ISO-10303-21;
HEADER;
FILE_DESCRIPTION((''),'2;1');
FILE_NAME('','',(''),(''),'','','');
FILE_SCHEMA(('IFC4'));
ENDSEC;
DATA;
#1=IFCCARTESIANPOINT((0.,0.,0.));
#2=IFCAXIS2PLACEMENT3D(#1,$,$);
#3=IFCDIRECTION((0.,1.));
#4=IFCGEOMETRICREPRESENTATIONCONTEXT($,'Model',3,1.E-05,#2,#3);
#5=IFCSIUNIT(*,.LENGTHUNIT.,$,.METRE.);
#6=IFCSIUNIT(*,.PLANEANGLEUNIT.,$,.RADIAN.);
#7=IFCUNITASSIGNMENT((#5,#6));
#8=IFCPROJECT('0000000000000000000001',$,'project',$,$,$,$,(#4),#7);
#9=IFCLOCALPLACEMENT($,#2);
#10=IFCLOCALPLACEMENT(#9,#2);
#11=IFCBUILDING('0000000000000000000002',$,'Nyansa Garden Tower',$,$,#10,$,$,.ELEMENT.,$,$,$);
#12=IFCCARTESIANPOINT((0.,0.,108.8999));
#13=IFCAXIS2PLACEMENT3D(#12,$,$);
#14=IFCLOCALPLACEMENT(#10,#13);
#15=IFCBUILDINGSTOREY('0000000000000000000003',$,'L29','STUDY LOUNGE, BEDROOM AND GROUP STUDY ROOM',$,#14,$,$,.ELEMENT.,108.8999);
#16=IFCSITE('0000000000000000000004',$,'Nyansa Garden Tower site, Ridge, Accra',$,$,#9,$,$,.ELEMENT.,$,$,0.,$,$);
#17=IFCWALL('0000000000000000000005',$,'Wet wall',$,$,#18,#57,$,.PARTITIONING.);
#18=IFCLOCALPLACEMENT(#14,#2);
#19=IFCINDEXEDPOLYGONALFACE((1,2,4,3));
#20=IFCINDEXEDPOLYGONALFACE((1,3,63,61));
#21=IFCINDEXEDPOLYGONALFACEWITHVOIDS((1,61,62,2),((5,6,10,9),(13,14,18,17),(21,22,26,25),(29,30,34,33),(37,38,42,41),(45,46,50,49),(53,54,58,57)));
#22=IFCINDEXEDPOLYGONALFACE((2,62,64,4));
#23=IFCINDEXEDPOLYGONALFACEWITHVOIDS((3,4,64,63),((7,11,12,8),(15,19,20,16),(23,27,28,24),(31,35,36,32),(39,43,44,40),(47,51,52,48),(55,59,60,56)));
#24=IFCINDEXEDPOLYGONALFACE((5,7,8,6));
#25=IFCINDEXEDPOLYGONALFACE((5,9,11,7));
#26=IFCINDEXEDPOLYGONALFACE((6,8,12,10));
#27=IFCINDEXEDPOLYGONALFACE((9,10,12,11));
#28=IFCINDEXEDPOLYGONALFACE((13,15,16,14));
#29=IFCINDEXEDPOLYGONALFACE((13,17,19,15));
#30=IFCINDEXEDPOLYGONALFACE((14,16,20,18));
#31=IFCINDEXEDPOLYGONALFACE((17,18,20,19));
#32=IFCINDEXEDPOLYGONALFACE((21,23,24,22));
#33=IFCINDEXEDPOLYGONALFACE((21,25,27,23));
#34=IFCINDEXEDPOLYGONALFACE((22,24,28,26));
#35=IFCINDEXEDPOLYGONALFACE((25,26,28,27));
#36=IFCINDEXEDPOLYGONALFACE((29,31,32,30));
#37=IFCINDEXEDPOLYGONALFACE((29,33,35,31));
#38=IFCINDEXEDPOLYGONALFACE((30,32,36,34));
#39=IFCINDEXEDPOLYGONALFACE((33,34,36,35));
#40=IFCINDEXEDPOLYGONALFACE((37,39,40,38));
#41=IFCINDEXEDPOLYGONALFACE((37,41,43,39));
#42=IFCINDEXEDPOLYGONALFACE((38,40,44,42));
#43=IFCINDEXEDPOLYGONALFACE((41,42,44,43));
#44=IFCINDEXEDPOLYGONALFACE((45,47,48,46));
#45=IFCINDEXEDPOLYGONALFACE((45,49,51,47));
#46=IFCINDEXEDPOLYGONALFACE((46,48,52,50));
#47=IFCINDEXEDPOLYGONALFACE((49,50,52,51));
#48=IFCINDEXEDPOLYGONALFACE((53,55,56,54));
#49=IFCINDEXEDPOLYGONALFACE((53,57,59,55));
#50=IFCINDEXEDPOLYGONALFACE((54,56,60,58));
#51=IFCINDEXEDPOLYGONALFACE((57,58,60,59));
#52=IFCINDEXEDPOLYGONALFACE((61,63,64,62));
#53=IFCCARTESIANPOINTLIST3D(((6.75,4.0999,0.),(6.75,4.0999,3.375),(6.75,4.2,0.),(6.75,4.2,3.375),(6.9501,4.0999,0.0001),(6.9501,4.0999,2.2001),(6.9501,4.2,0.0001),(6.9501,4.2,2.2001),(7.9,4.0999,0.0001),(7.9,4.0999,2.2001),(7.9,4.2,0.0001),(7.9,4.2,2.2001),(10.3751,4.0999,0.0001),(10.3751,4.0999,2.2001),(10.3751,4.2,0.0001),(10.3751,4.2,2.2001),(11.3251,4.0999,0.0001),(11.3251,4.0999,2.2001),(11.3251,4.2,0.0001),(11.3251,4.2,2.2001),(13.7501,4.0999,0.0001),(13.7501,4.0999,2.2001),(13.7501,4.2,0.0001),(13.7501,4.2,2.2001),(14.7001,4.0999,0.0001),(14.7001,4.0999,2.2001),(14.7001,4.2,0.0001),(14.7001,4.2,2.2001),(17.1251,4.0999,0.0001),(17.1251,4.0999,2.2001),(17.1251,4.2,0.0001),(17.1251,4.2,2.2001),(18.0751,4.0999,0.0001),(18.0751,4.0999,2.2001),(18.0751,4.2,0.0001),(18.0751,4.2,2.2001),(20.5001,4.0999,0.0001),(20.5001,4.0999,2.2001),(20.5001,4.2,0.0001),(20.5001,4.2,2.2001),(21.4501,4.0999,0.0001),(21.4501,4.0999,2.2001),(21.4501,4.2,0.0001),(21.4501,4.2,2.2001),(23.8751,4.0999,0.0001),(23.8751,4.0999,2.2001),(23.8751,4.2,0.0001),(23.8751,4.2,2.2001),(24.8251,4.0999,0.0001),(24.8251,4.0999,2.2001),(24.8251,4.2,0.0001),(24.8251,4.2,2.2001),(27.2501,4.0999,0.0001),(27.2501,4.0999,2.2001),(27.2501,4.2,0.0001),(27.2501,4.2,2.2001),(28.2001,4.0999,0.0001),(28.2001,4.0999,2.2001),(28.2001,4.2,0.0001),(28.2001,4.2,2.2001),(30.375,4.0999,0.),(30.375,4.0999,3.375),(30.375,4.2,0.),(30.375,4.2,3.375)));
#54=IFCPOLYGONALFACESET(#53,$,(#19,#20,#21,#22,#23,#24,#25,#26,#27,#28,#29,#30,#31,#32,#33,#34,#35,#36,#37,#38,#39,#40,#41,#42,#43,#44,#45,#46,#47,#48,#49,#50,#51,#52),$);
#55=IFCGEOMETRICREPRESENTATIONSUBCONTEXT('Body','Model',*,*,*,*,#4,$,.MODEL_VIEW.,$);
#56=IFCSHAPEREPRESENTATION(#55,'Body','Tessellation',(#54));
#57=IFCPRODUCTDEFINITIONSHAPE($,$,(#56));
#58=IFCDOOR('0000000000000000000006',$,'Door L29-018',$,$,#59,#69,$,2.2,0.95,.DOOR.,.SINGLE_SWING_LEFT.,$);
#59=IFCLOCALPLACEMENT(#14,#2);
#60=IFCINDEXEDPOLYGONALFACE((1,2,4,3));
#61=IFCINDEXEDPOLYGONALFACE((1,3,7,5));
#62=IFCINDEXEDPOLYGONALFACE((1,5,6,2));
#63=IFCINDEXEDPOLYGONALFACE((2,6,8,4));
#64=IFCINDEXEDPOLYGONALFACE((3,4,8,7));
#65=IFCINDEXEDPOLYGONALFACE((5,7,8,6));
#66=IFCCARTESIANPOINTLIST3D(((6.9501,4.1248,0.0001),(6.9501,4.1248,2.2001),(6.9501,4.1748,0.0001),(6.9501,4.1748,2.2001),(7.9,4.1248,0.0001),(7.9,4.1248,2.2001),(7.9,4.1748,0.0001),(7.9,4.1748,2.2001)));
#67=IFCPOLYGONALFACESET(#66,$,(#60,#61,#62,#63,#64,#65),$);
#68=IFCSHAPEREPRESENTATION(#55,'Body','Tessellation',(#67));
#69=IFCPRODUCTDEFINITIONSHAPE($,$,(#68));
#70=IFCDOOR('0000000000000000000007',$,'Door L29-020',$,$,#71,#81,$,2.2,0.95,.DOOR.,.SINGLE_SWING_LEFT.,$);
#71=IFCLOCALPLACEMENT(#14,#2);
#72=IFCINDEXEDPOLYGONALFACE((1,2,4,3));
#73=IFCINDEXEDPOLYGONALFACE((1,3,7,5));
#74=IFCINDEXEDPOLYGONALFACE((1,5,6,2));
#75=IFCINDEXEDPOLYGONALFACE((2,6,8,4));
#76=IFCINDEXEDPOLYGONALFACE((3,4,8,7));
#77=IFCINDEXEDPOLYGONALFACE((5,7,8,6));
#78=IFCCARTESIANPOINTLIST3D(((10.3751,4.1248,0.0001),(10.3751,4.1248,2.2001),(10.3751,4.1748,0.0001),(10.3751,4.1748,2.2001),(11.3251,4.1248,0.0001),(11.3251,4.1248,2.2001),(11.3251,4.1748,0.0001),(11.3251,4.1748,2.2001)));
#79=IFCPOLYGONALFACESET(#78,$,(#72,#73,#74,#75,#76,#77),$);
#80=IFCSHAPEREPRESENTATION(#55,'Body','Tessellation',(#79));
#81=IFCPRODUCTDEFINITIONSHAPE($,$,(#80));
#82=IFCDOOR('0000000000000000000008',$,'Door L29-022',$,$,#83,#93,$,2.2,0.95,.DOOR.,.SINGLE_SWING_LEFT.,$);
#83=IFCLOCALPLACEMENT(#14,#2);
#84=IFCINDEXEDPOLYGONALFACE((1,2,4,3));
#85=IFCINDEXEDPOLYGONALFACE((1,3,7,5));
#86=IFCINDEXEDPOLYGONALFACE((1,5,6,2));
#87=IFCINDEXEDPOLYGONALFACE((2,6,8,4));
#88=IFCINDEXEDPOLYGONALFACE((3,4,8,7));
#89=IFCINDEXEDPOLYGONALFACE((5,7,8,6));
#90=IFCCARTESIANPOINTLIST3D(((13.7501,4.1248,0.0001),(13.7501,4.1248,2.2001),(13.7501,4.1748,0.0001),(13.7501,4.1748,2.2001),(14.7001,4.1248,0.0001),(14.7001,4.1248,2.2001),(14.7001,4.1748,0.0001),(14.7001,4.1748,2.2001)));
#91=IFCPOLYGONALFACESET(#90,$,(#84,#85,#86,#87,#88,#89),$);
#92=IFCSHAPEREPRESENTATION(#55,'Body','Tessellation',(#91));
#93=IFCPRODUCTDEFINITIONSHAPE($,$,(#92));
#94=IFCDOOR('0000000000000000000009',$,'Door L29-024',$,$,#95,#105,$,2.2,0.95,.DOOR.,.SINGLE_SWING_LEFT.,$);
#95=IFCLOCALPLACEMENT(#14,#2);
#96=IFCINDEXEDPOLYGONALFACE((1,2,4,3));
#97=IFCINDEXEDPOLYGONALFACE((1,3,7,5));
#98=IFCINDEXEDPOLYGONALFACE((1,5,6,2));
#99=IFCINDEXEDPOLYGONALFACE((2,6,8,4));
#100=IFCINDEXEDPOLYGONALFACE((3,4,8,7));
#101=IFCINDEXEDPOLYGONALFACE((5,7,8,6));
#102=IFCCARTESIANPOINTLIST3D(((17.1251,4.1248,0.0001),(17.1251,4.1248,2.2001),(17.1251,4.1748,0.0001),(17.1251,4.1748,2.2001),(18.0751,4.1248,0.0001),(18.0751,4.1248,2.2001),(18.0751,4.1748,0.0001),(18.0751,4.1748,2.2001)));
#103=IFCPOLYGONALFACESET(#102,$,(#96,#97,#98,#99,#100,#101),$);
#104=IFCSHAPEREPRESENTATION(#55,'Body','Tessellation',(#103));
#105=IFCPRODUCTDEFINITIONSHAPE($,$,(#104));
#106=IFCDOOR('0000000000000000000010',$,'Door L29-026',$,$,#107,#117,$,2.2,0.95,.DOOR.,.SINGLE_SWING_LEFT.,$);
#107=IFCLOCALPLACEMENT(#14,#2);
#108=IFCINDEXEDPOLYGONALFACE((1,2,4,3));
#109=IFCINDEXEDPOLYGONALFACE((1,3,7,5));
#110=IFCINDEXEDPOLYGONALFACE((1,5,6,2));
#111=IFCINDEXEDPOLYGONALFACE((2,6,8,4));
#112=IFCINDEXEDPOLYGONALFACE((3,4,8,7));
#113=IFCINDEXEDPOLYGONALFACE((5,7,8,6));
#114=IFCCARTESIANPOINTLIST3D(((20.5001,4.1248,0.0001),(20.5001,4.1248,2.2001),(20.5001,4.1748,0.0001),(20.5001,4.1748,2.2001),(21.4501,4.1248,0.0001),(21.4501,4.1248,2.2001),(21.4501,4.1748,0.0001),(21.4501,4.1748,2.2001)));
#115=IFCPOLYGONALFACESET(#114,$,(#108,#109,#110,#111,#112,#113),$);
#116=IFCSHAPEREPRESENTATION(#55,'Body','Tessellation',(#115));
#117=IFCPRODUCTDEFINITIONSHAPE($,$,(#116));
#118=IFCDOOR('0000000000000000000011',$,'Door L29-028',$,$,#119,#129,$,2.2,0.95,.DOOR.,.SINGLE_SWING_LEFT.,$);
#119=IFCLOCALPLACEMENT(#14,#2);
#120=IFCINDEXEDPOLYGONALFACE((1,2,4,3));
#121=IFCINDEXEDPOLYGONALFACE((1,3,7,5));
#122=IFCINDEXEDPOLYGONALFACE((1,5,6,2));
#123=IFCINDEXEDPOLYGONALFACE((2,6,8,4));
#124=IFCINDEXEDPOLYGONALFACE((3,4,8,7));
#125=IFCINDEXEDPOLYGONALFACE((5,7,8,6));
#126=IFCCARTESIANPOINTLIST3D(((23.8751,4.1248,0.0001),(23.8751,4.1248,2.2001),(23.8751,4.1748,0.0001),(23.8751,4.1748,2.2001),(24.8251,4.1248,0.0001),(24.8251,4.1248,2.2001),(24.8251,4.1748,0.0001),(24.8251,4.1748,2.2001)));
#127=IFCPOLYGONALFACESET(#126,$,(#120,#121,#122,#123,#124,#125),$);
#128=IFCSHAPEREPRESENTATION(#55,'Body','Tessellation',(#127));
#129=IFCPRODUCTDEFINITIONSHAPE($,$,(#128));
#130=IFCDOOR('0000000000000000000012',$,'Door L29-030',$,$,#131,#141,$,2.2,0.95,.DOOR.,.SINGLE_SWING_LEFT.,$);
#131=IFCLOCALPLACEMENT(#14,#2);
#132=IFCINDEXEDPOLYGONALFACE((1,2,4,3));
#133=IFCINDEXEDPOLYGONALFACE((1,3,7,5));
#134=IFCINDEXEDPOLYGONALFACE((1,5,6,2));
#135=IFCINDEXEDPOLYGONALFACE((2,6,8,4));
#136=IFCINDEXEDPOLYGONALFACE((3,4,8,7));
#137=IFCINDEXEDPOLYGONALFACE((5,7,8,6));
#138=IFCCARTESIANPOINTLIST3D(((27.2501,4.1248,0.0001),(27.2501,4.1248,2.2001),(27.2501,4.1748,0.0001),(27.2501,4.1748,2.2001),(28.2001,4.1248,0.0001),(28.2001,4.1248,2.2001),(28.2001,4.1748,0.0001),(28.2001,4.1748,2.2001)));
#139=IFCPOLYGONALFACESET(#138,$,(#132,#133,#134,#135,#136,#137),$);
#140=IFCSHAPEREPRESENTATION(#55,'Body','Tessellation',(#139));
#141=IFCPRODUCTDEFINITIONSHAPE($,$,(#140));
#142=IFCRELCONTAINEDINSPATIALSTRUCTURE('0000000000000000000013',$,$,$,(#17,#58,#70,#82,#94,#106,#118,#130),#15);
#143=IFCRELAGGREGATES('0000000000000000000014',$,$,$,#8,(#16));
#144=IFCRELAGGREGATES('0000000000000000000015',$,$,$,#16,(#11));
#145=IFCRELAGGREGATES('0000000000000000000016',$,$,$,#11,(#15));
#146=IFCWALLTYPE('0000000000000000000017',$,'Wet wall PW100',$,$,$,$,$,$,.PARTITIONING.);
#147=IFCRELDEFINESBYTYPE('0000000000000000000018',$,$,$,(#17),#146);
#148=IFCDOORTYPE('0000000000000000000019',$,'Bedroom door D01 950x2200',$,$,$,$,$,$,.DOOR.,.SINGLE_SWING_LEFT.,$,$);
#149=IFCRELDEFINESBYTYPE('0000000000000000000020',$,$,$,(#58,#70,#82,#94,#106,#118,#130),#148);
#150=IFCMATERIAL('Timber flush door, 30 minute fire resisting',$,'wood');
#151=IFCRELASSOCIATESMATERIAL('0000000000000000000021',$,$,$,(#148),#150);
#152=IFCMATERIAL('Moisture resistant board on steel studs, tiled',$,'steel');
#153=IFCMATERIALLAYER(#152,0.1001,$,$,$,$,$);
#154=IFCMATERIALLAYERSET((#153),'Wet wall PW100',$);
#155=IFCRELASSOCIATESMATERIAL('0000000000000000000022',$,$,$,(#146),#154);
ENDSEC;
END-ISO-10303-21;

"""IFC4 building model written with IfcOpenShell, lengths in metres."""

from ifc_helpers import new_model, si_unit, direction, frame, frame_2d, origin, place, context, subcontext, project, spatial, rectangle, extrude, material, layer, layer_set, type_object, element, fill, save


model = new_model("IFC4")

# Units and contexts
model_context = context("Model", 3, precision=1e-05, world=origin(), true_north=direction((0.0, 1.0)))
body_context = subcontext(model_context, "Body", "Model", "MODEL_VIEW")
ifc_project = project(units=[si_unit("LENGTHUNIT", "METRE"), si_unit("PLANEANGLEUNIT", "RADIAN")], contexts=[model_context])

# Site, building, storey
site_placement = place(None, origin())
site = spatial("IfcSite", under=ifc_project, at=site_placement, Name="Nyansa Garden Tower site, Ridge, Accra", CompositionType="ELEMENT", RefElevation=0.0)
building_placement = place(site_placement, origin())
building = spatial("IfcBuilding", under=site, at=building_placement, Name="Nyansa Garden Tower", CompositionType="ELEMENT")
storey_placement = place(building_placement, frame((0.0, 0.0, 108.8999)))
storey = spatial("IfcBuildingStorey", under=building, at=storey_placement, Name="L29", Description="STUDY LOUNGE, BEDROOM AND GROUP STUDY ROOM", CompositionType="ELEMENT", Elevation=108.8999)

# Shared definitions
ifc_material_1 = material(Name="Timber flush door, 30 minute fire resisting", Category="wood")
door_type_1 = type_object("IfcDoorType", Name="Bedroom door D01 950x2200", OperationType="SINGLE_SWING_LEFT", PredefinedType="DOOR", material=ifc_material_1)

# Wall, openings, doors
ifc_material_2 = material(Name="Moisture resistant board on steel studs, tiled", Category="steel")
ifc_layer_1 = layer(ifc_material_2, 0.1001)
ifc_layer_set_1 = layer_set([ifc_layer_1], Name="Wet wall PW100")
wall_type_1 = type_object("IfcWallType", Name="Wet wall PW100", PredefinedType="PARTITIONING", material=ifc_layer_set_1)
wall_1_placement = place(storey_placement, frame((6.75, 4.1499, 0.0), z_axis=(0.0, 0.0, 1.0), x_axis=(1.0, 0.0, 0.0)))
wall_1 = element("IfcWall", 1, at=wall_1_placement, inside=storey, type_object=wall_type_1, Name="Wet wall", PredefinedType="PARTITIONING", context=body_context, shape_type="SweptSolid", body=[
    extrude(rectangle(XDim=23.625, YDim=0.1001, at=frame_2d((11.8125, 0.0))), origin(), (0.0, 0.0, 1.0), 3.375),
])
opening_1_placement = place(wall_1_placement, frame((0.2, 0.0, 0.0)))
opening_1 = element("IfcOpeningElement", 2, at=opening_1_placement, cuts=wall_1, PredefinedType="OPENING", context=body_context, shape_type="SweptSolid", body=[
    extrude(rectangle(XDim=0.95, YDim=2.2, at=frame_2d((0.4751, 1.1001))), frame((0.0, 0.0601, 0.0), z_axis=(0.0, -1.0, 0.0), x_axis=(1.0, 0.0, 0.0)), (0.0, 0.0, 1.0), 0.1201),
])
opening_2_placement = place(wall_1_placement, frame((3.625, 0.0, 0.0)))
opening_2 = element("IfcOpeningElement", 3, at=opening_2_placement, cuts=wall_1, PredefinedType="OPENING", context=body_context, shape_type="SweptSolid", body=[
    extrude(rectangle(XDim=0.95, YDim=2.2, at=frame_2d((0.4751, 1.1001))), frame((0.0, 0.0601, 0.0), z_axis=(0.0, -1.0, 0.0), x_axis=(1.0, 0.0, 0.0)), (0.0, 0.0, 1.0), 0.1201),
])
opening_3_placement = place(wall_1_placement, frame((7.0, 0.0, 0.0)))
opening_3 = element("IfcOpeningElement", 4, at=opening_3_placement, cuts=wall_1, PredefinedType="OPENING", context=body_context, shape_type="SweptSolid", body=[
    extrude(rectangle(XDim=0.95, YDim=2.2, at=frame_2d((0.4751, 1.1001))), frame((0.0, 0.0601, 0.0), z_axis=(0.0, -1.0, 0.0), x_axis=(1.0, 0.0, 0.0)), (0.0, 0.0, 1.0), 0.1201),
])
opening_4_placement = place(wall_1_placement, frame((10.375, 0.0, 0.0)))
opening_4 = element("IfcOpeningElement", 5, at=opening_4_placement, cuts=wall_1, PredefinedType="OPENING", context=body_context, shape_type="SweptSolid", body=[
    extrude(rectangle(XDim=0.95, YDim=2.2, at=frame_2d((0.4751, 1.1001))), frame((0.0, 0.0601, 0.0), z_axis=(0.0, -1.0, 0.0), x_axis=(1.0, 0.0, 0.0)), (0.0, 0.0, 1.0), 0.1201),
])
opening_5_placement = place(wall_1_placement, frame((13.75, 0.0, 0.0)))
opening_5 = element("IfcOpeningElement", 6, at=opening_5_placement, cuts=wall_1, PredefinedType="OPENING", context=body_context, shape_type="SweptSolid", body=[
    extrude(rectangle(XDim=0.95, YDim=2.2, at=frame_2d((0.4751, 1.1001))), frame((0.0, 0.0601, 0.0), z_axis=(0.0, -1.0, 0.0), x_axis=(1.0, 0.0, 0.0)), (0.0, 0.0, 1.0), 0.1201),
])
opening_6_placement = place(wall_1_placement, frame((17.125, 0.0, 0.0)))
opening_6 = element("IfcOpeningElement", 7, at=opening_6_placement, cuts=wall_1, PredefinedType="OPENING", context=body_context, shape_type="SweptSolid", body=[
    extrude(rectangle(XDim=0.95, YDim=2.2, at=frame_2d((0.4751, 1.1001))), frame((0.0, 0.0601, 0.0), z_axis=(0.0, -1.0, 0.0), x_axis=(1.0, 0.0, 0.0)), (0.0, 0.0, 1.0), 0.1201),
])
opening_7_placement = place(wall_1_placement, frame((20.5, 0.0, 0.0)))
opening_7 = element("IfcOpeningElement", 8, at=opening_7_placement, cuts=wall_1, PredefinedType="OPENING", context=body_context, shape_type="SweptSolid", body=[
    extrude(rectangle(XDim=0.95, YDim=2.2, at=frame_2d((0.4751, 1.1001))), frame((0.0, 0.0601, 0.0), z_axis=(0.0, -1.0, 0.0), x_axis=(1.0, 0.0, 0.0)), (0.0, 0.0, 1.0), 0.1201),
])
door_1_placement = place(opening_1_placement, origin())
door_1 = element("IfcDoor", 9, at=door_1_placement, inside=storey, type_object=door_type_1, Name="Door L29-018", OperationType="SINGLE_SWING_LEFT", OverallHeight=2.2, OverallWidth=0.95, PredefinedType="DOOR", context=body_context, shape_type="SweptSolid", body=[
    extrude(rectangle(XDim=0.95, YDim=2.2, at=frame_2d((0.4751, 1.1001))), frame((0.0, 0.0249, 0.0), z_axis=(0.0, -1.0, 0.0), x_axis=(1.0, 0.0, 0.0)), (0.0, 0.0, 1.0), 0.05),
])
fill(opening_1, door_1)
door_2_placement = place(opening_2_placement, origin())
door_2 = element("IfcDoor", 10, at=door_2_placement, inside=storey, type_object=door_type_1, Name="Door L29-020", OperationType="SINGLE_SWING_LEFT", OverallHeight=2.2, OverallWidth=0.95, PredefinedType="DOOR", context=body_context, shape_type="SweptSolid", body=[
    extrude(rectangle(XDim=0.95, YDim=2.2, at=frame_2d((0.4751, 1.1001))), frame((0.0, 0.0249, 0.0), z_axis=(0.0, -1.0, 0.0), x_axis=(1.0, 0.0, 0.0)), (0.0, 0.0, 1.0), 0.05),
])
fill(opening_2, door_2)
door_3_placement = place(opening_3_placement, origin())
door_3 = element("IfcDoor", 11, at=door_3_placement, inside=storey, type_object=door_type_1, Name="Door L29-022", OperationType="SINGLE_SWING_LEFT", OverallHeight=2.2, OverallWidth=0.95, PredefinedType="DOOR", context=body_context, shape_type="SweptSolid", body=[
    extrude(rectangle(XDim=0.95, YDim=2.2, at=frame_2d((0.4751, 1.1001))), frame((0.0, 0.0249, 0.0), z_axis=(0.0, -1.0, 0.0), x_axis=(1.0, 0.0, 0.0)), (0.0, 0.0, 1.0), 0.05),
])
fill(opening_3, door_3)
door_4_placement = place(opening_4_placement, origin())
door_4 = element("IfcDoor", 12, at=door_4_placement, inside=storey, type_object=door_type_1, Name="Door L29-024", OperationType="SINGLE_SWING_LEFT", OverallHeight=2.2, OverallWidth=0.95, PredefinedType="DOOR", context=body_context, shape_type="SweptSolid", body=[
    extrude(rectangle(XDim=0.95, YDim=2.2, at=frame_2d((0.4751, 1.1001))), frame((0.0, 0.0249, 0.0), z_axis=(0.0, -1.0, 0.0), x_axis=(1.0, 0.0, 0.0)), (0.0, 0.0, 1.0), 0.05),
])
fill(opening_4, door_4)
door_5_placement = place(opening_5_placement, origin())
door_5 = element("IfcDoor", 13, at=door_5_placement, inside=storey, type_object=door_type_1, Name="Door L29-026", OperationType="SINGLE_SWING_LEFT", OverallHeight=2.2, OverallWidth=0.95, PredefinedType="DOOR", context=body_context, shape_type="SweptSolid", body=[
    extrude(rectangle(XDim=0.95, YDim=2.2, at=frame_2d((0.4751, 1.1001))), frame((0.0, 0.0249, 0.0), z_axis=(0.0, -1.0, 0.0), x_axis=(1.0, 0.0, 0.0)), (0.0, 0.0, 1.0), 0.05),
])
fill(opening_5, door_5)
door_6_placement = place(opening_6_placement, origin())
door_6 = element("IfcDoor", 14, at=door_6_placement, inside=storey, type_object=door_type_1, Name="Door L29-028", OperationType="SINGLE_SWING_LEFT", OverallHeight=2.2, OverallWidth=0.95, PredefinedType="DOOR", context=body_context, shape_type="SweptSolid", body=[
    extrude(rectangle(XDim=0.95, YDim=2.2, at=frame_2d((0.4751, 1.1001))), frame((0.0, 0.0249, 0.0), z_axis=(0.0, -1.0, 0.0), x_axis=(1.0, 0.0, 0.0)), (0.0, 0.0, 1.0), 0.05),
])
fill(opening_6, door_6)
door_7_placement = place(opening_7_placement, origin())
door_7 = element("IfcDoor", 15, at=door_7_placement, inside=storey, type_object=door_type_1, Name="Door L29-030", OperationType="SINGLE_SWING_LEFT", OverallHeight=2.2, OverallWidth=0.95, PredefinedType="DOOR", context=body_context, shape_type="SweptSolid", body=[
    extrude(rectangle(XDim=0.95, YDim=2.2, at=frame_2d((0.4751, 1.1001))), frame((0.0, 0.0249, 0.0), z_axis=(0.0, -1.0, 0.0), x_axis=(1.0, 0.0, 0.0)), (0.0, 0.0, 1.0), 0.05),
])
fill(opening_7, door_7)

save(model, "model.ifc")
